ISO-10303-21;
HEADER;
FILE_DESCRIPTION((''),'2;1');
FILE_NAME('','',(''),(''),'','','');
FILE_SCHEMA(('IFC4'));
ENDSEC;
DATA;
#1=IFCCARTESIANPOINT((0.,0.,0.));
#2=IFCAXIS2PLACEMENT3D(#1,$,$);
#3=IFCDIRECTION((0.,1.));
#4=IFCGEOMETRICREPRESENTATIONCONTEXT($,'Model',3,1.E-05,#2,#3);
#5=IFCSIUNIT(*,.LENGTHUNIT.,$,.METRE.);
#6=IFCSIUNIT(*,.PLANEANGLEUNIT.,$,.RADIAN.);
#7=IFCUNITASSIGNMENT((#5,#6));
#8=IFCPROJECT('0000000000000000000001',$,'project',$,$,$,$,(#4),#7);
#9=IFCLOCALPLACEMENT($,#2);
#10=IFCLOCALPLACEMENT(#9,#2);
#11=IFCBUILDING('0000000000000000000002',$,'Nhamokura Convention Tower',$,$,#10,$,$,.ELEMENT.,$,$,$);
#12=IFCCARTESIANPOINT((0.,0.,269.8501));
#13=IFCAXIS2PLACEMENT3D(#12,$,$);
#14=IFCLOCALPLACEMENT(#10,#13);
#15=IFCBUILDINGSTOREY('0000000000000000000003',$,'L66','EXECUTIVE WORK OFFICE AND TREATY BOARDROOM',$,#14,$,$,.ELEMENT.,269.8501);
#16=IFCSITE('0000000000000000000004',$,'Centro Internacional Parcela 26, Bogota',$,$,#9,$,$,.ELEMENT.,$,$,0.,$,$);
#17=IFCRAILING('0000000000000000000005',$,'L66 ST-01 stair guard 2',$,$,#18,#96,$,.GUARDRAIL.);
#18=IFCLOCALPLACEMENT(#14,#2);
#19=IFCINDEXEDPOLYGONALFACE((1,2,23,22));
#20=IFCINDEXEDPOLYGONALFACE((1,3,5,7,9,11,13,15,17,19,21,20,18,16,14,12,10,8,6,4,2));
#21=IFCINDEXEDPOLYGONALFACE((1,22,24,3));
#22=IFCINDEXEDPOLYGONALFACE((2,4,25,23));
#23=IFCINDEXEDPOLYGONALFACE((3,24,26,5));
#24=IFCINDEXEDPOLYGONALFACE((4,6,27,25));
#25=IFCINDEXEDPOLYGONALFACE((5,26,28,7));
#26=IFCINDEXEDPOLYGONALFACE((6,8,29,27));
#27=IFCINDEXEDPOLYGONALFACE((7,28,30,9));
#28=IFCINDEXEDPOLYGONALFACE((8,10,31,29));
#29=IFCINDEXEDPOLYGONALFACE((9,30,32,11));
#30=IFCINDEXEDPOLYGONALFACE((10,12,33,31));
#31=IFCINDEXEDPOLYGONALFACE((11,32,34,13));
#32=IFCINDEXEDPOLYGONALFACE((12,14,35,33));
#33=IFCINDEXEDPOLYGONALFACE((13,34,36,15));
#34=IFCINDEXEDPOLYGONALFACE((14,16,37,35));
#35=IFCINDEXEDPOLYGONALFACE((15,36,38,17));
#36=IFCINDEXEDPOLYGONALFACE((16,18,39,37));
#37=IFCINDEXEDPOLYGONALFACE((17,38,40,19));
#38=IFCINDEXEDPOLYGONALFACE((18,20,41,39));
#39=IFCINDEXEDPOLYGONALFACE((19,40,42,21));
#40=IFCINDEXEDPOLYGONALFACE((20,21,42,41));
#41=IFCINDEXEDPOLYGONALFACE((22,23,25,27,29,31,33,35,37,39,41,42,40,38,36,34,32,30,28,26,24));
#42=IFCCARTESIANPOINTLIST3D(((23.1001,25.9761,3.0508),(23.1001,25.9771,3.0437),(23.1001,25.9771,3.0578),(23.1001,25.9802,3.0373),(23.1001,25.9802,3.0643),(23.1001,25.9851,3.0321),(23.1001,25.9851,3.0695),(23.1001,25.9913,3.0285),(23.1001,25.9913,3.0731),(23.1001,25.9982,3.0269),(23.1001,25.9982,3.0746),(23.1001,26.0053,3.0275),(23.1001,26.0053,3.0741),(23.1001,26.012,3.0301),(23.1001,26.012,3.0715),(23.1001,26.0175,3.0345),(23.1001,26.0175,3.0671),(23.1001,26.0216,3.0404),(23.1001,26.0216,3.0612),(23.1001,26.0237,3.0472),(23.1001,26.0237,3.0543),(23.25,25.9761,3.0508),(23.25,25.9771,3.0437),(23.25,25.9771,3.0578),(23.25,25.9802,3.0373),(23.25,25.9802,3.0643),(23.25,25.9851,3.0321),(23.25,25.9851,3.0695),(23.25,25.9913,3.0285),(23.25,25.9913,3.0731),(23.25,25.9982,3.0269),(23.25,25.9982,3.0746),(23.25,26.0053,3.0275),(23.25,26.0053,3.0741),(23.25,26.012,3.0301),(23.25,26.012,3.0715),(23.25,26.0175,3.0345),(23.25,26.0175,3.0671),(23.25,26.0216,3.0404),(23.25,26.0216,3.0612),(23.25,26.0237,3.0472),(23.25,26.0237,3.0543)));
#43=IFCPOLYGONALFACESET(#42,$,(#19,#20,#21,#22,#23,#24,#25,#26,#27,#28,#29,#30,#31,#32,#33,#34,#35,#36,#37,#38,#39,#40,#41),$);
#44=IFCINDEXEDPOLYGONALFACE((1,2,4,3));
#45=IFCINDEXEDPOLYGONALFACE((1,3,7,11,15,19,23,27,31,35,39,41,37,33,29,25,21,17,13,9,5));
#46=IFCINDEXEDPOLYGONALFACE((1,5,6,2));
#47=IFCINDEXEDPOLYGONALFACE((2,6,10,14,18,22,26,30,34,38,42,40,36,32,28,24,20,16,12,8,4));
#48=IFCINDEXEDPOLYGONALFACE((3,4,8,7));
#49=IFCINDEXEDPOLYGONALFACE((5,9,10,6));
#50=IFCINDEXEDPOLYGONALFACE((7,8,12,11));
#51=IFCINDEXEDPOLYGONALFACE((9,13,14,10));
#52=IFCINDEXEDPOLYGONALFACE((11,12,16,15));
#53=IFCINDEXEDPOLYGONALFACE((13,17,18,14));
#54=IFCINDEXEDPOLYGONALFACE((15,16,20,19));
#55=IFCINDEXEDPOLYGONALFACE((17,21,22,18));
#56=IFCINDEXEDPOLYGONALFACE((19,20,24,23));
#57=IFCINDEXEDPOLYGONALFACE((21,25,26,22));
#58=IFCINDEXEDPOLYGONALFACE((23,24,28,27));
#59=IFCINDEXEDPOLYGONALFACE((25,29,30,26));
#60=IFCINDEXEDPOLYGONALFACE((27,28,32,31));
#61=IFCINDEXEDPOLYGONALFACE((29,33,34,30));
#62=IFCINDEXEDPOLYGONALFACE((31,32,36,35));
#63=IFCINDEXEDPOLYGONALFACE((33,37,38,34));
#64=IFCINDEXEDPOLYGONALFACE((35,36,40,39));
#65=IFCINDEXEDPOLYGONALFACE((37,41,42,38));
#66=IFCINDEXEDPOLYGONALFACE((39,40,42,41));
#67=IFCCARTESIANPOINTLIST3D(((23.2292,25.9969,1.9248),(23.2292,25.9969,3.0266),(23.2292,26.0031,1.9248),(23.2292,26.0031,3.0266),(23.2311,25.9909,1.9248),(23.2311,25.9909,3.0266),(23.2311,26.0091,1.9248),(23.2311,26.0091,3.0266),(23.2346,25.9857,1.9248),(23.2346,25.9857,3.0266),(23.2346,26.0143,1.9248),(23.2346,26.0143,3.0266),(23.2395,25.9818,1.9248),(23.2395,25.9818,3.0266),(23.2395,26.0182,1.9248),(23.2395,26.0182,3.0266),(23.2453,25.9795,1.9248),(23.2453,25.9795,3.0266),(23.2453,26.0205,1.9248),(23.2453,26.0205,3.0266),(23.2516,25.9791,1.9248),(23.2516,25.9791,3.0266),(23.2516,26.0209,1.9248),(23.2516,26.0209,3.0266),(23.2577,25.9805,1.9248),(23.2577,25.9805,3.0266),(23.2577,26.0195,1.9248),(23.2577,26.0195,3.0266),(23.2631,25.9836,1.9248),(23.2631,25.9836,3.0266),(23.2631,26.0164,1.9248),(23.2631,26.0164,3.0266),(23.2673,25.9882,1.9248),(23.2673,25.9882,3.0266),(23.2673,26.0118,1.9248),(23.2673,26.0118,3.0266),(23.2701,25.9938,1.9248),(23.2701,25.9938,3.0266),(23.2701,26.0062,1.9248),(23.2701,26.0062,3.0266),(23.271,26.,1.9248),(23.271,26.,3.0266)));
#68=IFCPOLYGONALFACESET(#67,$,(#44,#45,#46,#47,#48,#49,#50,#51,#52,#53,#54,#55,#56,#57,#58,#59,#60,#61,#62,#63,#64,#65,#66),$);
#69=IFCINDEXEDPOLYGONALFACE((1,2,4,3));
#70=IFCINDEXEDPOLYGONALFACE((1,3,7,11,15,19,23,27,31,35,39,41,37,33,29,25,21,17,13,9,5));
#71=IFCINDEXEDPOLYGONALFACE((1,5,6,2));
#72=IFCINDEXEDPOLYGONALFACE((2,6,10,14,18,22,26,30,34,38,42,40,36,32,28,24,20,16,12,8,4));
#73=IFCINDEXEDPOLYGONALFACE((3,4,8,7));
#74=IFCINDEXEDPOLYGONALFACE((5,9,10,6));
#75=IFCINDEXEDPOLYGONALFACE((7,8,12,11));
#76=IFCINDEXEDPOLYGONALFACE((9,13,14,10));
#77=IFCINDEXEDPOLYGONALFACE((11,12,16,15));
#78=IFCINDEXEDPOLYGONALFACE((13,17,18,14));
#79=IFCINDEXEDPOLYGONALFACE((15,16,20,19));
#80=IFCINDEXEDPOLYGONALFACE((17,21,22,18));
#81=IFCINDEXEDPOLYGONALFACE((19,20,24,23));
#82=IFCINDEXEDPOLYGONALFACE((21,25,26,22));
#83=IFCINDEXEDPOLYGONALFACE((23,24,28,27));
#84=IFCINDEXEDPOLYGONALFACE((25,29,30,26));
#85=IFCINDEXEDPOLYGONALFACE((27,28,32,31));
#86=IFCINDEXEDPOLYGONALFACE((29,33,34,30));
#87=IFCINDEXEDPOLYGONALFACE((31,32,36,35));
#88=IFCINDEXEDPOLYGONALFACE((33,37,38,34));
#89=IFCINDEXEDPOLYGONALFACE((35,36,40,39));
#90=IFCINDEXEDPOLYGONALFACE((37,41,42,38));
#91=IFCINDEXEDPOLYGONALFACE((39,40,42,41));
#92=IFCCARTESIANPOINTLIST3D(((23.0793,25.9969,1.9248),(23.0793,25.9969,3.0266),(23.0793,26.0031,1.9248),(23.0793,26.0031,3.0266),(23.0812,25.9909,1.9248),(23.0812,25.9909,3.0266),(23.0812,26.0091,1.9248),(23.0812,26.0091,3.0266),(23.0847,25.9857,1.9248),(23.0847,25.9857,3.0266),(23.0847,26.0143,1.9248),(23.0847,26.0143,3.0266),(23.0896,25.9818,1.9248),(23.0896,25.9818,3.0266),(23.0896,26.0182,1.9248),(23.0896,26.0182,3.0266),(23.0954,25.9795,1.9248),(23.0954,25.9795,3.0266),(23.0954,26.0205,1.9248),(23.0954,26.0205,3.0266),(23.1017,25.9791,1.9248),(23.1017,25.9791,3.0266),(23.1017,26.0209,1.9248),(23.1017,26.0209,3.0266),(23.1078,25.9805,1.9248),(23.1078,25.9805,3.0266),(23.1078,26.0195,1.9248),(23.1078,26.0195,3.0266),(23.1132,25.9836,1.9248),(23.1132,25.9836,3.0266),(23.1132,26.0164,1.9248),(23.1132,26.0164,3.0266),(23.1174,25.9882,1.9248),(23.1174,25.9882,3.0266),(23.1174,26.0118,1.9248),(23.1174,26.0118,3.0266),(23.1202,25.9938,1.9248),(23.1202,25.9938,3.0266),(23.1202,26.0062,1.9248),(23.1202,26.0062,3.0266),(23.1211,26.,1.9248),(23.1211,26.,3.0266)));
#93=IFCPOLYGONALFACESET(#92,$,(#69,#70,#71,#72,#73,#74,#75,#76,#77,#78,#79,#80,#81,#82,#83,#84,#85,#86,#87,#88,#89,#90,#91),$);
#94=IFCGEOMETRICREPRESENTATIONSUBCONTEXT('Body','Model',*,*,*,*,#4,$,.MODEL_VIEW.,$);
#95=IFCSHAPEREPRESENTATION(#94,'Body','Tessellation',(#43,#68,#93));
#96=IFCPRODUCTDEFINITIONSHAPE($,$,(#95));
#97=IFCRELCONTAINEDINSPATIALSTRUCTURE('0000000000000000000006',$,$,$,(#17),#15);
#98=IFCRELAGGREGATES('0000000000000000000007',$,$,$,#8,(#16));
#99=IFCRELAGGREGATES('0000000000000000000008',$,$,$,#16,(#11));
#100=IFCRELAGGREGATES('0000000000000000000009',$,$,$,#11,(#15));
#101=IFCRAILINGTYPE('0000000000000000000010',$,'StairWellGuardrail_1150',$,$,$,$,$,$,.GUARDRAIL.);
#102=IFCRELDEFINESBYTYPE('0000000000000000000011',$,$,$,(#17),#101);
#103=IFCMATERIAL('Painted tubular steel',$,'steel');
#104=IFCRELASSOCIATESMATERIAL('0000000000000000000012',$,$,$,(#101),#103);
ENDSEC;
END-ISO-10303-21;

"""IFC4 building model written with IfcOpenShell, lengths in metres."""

from ifc_helpers import new_model, si_unit, direction, frame, origin, origin_2d, place, context, subcontext, project, spatial, circle, extrude, material, type_object, element, save


model = new_model("IFC4")

# Units and contexts
model_context = context("Model", 3, precision=1e-05, world=origin(), true_north=direction((0.0, 1.0)))
body_context = subcontext(model_context, "Body", "Model", "MODEL_VIEW")
ifc_project = project(units=[si_unit("LENGTHUNIT", "METRE"), si_unit("PLANEANGLEUNIT", "RADIAN")], contexts=[model_context])

# Site, building, storey
site_placement = place(None, origin())
site = spatial("IfcSite", under=ifc_project, at=site_placement, Name="Centro Internacional Parcela 26, Bogota", CompositionType="ELEMENT", RefElevation=0.0)
building_placement = place(site_placement, origin())
building = spatial("IfcBuilding", under=site, at=building_placement, Name="Nhamokura Convention Tower", CompositionType="ELEMENT")
storey_placement = place(building_placement, frame((0.0, 0.0, 269.8501)))
storey = spatial("IfcBuildingStorey", under=building, at=storey_placement, Name="L66", Description="EXECUTIVE WORK OFFICE AND TREATY BOARDROOM", CompositionType="ELEMENT", Elevation=269.8501)

# Railing
ifc_material_1 = material(Name="Painted tubular steel", Category="steel")
railing_type_1 = type_object("IfcRailingType", Name="StairWellGuardrail_1150", PredefinedType="GUARDRAIL", material=ifc_material_1)
railing_1_placement = place(storey_placement, frame((23.25, 26.0, 1.9248)))
element("IfcRailing", 1, at=railing_1_placement, inside=storey, type_object=railing_type_1, Name="L66 ST-01 stair guard 2", PredefinedType="GUARDRAIL", context=body_context, shape_type="SweptSolid", body=[
    extrude(circle(Radius=0.0239, at=origin_2d()), frame((0.0, 0.0, 1.126), z_axis=(-1.0, 0.0, 0.0), x_axis=(0.0, -1.0, 0.0)), (0.0, 0.0, 1.0), 0.1499),
    extrude(circle(Radius=0.021, at=origin_2d()), origin(), (0.0, 0.0, 1.0), 1.1018),
    extrude(circle(Radius=0.021, at=origin_2d()), frame((-0.1499, 0.0, 0.0)), (0.0, 0.0, 1.0), 1.1018),
])

save(model, "model.ifc")
